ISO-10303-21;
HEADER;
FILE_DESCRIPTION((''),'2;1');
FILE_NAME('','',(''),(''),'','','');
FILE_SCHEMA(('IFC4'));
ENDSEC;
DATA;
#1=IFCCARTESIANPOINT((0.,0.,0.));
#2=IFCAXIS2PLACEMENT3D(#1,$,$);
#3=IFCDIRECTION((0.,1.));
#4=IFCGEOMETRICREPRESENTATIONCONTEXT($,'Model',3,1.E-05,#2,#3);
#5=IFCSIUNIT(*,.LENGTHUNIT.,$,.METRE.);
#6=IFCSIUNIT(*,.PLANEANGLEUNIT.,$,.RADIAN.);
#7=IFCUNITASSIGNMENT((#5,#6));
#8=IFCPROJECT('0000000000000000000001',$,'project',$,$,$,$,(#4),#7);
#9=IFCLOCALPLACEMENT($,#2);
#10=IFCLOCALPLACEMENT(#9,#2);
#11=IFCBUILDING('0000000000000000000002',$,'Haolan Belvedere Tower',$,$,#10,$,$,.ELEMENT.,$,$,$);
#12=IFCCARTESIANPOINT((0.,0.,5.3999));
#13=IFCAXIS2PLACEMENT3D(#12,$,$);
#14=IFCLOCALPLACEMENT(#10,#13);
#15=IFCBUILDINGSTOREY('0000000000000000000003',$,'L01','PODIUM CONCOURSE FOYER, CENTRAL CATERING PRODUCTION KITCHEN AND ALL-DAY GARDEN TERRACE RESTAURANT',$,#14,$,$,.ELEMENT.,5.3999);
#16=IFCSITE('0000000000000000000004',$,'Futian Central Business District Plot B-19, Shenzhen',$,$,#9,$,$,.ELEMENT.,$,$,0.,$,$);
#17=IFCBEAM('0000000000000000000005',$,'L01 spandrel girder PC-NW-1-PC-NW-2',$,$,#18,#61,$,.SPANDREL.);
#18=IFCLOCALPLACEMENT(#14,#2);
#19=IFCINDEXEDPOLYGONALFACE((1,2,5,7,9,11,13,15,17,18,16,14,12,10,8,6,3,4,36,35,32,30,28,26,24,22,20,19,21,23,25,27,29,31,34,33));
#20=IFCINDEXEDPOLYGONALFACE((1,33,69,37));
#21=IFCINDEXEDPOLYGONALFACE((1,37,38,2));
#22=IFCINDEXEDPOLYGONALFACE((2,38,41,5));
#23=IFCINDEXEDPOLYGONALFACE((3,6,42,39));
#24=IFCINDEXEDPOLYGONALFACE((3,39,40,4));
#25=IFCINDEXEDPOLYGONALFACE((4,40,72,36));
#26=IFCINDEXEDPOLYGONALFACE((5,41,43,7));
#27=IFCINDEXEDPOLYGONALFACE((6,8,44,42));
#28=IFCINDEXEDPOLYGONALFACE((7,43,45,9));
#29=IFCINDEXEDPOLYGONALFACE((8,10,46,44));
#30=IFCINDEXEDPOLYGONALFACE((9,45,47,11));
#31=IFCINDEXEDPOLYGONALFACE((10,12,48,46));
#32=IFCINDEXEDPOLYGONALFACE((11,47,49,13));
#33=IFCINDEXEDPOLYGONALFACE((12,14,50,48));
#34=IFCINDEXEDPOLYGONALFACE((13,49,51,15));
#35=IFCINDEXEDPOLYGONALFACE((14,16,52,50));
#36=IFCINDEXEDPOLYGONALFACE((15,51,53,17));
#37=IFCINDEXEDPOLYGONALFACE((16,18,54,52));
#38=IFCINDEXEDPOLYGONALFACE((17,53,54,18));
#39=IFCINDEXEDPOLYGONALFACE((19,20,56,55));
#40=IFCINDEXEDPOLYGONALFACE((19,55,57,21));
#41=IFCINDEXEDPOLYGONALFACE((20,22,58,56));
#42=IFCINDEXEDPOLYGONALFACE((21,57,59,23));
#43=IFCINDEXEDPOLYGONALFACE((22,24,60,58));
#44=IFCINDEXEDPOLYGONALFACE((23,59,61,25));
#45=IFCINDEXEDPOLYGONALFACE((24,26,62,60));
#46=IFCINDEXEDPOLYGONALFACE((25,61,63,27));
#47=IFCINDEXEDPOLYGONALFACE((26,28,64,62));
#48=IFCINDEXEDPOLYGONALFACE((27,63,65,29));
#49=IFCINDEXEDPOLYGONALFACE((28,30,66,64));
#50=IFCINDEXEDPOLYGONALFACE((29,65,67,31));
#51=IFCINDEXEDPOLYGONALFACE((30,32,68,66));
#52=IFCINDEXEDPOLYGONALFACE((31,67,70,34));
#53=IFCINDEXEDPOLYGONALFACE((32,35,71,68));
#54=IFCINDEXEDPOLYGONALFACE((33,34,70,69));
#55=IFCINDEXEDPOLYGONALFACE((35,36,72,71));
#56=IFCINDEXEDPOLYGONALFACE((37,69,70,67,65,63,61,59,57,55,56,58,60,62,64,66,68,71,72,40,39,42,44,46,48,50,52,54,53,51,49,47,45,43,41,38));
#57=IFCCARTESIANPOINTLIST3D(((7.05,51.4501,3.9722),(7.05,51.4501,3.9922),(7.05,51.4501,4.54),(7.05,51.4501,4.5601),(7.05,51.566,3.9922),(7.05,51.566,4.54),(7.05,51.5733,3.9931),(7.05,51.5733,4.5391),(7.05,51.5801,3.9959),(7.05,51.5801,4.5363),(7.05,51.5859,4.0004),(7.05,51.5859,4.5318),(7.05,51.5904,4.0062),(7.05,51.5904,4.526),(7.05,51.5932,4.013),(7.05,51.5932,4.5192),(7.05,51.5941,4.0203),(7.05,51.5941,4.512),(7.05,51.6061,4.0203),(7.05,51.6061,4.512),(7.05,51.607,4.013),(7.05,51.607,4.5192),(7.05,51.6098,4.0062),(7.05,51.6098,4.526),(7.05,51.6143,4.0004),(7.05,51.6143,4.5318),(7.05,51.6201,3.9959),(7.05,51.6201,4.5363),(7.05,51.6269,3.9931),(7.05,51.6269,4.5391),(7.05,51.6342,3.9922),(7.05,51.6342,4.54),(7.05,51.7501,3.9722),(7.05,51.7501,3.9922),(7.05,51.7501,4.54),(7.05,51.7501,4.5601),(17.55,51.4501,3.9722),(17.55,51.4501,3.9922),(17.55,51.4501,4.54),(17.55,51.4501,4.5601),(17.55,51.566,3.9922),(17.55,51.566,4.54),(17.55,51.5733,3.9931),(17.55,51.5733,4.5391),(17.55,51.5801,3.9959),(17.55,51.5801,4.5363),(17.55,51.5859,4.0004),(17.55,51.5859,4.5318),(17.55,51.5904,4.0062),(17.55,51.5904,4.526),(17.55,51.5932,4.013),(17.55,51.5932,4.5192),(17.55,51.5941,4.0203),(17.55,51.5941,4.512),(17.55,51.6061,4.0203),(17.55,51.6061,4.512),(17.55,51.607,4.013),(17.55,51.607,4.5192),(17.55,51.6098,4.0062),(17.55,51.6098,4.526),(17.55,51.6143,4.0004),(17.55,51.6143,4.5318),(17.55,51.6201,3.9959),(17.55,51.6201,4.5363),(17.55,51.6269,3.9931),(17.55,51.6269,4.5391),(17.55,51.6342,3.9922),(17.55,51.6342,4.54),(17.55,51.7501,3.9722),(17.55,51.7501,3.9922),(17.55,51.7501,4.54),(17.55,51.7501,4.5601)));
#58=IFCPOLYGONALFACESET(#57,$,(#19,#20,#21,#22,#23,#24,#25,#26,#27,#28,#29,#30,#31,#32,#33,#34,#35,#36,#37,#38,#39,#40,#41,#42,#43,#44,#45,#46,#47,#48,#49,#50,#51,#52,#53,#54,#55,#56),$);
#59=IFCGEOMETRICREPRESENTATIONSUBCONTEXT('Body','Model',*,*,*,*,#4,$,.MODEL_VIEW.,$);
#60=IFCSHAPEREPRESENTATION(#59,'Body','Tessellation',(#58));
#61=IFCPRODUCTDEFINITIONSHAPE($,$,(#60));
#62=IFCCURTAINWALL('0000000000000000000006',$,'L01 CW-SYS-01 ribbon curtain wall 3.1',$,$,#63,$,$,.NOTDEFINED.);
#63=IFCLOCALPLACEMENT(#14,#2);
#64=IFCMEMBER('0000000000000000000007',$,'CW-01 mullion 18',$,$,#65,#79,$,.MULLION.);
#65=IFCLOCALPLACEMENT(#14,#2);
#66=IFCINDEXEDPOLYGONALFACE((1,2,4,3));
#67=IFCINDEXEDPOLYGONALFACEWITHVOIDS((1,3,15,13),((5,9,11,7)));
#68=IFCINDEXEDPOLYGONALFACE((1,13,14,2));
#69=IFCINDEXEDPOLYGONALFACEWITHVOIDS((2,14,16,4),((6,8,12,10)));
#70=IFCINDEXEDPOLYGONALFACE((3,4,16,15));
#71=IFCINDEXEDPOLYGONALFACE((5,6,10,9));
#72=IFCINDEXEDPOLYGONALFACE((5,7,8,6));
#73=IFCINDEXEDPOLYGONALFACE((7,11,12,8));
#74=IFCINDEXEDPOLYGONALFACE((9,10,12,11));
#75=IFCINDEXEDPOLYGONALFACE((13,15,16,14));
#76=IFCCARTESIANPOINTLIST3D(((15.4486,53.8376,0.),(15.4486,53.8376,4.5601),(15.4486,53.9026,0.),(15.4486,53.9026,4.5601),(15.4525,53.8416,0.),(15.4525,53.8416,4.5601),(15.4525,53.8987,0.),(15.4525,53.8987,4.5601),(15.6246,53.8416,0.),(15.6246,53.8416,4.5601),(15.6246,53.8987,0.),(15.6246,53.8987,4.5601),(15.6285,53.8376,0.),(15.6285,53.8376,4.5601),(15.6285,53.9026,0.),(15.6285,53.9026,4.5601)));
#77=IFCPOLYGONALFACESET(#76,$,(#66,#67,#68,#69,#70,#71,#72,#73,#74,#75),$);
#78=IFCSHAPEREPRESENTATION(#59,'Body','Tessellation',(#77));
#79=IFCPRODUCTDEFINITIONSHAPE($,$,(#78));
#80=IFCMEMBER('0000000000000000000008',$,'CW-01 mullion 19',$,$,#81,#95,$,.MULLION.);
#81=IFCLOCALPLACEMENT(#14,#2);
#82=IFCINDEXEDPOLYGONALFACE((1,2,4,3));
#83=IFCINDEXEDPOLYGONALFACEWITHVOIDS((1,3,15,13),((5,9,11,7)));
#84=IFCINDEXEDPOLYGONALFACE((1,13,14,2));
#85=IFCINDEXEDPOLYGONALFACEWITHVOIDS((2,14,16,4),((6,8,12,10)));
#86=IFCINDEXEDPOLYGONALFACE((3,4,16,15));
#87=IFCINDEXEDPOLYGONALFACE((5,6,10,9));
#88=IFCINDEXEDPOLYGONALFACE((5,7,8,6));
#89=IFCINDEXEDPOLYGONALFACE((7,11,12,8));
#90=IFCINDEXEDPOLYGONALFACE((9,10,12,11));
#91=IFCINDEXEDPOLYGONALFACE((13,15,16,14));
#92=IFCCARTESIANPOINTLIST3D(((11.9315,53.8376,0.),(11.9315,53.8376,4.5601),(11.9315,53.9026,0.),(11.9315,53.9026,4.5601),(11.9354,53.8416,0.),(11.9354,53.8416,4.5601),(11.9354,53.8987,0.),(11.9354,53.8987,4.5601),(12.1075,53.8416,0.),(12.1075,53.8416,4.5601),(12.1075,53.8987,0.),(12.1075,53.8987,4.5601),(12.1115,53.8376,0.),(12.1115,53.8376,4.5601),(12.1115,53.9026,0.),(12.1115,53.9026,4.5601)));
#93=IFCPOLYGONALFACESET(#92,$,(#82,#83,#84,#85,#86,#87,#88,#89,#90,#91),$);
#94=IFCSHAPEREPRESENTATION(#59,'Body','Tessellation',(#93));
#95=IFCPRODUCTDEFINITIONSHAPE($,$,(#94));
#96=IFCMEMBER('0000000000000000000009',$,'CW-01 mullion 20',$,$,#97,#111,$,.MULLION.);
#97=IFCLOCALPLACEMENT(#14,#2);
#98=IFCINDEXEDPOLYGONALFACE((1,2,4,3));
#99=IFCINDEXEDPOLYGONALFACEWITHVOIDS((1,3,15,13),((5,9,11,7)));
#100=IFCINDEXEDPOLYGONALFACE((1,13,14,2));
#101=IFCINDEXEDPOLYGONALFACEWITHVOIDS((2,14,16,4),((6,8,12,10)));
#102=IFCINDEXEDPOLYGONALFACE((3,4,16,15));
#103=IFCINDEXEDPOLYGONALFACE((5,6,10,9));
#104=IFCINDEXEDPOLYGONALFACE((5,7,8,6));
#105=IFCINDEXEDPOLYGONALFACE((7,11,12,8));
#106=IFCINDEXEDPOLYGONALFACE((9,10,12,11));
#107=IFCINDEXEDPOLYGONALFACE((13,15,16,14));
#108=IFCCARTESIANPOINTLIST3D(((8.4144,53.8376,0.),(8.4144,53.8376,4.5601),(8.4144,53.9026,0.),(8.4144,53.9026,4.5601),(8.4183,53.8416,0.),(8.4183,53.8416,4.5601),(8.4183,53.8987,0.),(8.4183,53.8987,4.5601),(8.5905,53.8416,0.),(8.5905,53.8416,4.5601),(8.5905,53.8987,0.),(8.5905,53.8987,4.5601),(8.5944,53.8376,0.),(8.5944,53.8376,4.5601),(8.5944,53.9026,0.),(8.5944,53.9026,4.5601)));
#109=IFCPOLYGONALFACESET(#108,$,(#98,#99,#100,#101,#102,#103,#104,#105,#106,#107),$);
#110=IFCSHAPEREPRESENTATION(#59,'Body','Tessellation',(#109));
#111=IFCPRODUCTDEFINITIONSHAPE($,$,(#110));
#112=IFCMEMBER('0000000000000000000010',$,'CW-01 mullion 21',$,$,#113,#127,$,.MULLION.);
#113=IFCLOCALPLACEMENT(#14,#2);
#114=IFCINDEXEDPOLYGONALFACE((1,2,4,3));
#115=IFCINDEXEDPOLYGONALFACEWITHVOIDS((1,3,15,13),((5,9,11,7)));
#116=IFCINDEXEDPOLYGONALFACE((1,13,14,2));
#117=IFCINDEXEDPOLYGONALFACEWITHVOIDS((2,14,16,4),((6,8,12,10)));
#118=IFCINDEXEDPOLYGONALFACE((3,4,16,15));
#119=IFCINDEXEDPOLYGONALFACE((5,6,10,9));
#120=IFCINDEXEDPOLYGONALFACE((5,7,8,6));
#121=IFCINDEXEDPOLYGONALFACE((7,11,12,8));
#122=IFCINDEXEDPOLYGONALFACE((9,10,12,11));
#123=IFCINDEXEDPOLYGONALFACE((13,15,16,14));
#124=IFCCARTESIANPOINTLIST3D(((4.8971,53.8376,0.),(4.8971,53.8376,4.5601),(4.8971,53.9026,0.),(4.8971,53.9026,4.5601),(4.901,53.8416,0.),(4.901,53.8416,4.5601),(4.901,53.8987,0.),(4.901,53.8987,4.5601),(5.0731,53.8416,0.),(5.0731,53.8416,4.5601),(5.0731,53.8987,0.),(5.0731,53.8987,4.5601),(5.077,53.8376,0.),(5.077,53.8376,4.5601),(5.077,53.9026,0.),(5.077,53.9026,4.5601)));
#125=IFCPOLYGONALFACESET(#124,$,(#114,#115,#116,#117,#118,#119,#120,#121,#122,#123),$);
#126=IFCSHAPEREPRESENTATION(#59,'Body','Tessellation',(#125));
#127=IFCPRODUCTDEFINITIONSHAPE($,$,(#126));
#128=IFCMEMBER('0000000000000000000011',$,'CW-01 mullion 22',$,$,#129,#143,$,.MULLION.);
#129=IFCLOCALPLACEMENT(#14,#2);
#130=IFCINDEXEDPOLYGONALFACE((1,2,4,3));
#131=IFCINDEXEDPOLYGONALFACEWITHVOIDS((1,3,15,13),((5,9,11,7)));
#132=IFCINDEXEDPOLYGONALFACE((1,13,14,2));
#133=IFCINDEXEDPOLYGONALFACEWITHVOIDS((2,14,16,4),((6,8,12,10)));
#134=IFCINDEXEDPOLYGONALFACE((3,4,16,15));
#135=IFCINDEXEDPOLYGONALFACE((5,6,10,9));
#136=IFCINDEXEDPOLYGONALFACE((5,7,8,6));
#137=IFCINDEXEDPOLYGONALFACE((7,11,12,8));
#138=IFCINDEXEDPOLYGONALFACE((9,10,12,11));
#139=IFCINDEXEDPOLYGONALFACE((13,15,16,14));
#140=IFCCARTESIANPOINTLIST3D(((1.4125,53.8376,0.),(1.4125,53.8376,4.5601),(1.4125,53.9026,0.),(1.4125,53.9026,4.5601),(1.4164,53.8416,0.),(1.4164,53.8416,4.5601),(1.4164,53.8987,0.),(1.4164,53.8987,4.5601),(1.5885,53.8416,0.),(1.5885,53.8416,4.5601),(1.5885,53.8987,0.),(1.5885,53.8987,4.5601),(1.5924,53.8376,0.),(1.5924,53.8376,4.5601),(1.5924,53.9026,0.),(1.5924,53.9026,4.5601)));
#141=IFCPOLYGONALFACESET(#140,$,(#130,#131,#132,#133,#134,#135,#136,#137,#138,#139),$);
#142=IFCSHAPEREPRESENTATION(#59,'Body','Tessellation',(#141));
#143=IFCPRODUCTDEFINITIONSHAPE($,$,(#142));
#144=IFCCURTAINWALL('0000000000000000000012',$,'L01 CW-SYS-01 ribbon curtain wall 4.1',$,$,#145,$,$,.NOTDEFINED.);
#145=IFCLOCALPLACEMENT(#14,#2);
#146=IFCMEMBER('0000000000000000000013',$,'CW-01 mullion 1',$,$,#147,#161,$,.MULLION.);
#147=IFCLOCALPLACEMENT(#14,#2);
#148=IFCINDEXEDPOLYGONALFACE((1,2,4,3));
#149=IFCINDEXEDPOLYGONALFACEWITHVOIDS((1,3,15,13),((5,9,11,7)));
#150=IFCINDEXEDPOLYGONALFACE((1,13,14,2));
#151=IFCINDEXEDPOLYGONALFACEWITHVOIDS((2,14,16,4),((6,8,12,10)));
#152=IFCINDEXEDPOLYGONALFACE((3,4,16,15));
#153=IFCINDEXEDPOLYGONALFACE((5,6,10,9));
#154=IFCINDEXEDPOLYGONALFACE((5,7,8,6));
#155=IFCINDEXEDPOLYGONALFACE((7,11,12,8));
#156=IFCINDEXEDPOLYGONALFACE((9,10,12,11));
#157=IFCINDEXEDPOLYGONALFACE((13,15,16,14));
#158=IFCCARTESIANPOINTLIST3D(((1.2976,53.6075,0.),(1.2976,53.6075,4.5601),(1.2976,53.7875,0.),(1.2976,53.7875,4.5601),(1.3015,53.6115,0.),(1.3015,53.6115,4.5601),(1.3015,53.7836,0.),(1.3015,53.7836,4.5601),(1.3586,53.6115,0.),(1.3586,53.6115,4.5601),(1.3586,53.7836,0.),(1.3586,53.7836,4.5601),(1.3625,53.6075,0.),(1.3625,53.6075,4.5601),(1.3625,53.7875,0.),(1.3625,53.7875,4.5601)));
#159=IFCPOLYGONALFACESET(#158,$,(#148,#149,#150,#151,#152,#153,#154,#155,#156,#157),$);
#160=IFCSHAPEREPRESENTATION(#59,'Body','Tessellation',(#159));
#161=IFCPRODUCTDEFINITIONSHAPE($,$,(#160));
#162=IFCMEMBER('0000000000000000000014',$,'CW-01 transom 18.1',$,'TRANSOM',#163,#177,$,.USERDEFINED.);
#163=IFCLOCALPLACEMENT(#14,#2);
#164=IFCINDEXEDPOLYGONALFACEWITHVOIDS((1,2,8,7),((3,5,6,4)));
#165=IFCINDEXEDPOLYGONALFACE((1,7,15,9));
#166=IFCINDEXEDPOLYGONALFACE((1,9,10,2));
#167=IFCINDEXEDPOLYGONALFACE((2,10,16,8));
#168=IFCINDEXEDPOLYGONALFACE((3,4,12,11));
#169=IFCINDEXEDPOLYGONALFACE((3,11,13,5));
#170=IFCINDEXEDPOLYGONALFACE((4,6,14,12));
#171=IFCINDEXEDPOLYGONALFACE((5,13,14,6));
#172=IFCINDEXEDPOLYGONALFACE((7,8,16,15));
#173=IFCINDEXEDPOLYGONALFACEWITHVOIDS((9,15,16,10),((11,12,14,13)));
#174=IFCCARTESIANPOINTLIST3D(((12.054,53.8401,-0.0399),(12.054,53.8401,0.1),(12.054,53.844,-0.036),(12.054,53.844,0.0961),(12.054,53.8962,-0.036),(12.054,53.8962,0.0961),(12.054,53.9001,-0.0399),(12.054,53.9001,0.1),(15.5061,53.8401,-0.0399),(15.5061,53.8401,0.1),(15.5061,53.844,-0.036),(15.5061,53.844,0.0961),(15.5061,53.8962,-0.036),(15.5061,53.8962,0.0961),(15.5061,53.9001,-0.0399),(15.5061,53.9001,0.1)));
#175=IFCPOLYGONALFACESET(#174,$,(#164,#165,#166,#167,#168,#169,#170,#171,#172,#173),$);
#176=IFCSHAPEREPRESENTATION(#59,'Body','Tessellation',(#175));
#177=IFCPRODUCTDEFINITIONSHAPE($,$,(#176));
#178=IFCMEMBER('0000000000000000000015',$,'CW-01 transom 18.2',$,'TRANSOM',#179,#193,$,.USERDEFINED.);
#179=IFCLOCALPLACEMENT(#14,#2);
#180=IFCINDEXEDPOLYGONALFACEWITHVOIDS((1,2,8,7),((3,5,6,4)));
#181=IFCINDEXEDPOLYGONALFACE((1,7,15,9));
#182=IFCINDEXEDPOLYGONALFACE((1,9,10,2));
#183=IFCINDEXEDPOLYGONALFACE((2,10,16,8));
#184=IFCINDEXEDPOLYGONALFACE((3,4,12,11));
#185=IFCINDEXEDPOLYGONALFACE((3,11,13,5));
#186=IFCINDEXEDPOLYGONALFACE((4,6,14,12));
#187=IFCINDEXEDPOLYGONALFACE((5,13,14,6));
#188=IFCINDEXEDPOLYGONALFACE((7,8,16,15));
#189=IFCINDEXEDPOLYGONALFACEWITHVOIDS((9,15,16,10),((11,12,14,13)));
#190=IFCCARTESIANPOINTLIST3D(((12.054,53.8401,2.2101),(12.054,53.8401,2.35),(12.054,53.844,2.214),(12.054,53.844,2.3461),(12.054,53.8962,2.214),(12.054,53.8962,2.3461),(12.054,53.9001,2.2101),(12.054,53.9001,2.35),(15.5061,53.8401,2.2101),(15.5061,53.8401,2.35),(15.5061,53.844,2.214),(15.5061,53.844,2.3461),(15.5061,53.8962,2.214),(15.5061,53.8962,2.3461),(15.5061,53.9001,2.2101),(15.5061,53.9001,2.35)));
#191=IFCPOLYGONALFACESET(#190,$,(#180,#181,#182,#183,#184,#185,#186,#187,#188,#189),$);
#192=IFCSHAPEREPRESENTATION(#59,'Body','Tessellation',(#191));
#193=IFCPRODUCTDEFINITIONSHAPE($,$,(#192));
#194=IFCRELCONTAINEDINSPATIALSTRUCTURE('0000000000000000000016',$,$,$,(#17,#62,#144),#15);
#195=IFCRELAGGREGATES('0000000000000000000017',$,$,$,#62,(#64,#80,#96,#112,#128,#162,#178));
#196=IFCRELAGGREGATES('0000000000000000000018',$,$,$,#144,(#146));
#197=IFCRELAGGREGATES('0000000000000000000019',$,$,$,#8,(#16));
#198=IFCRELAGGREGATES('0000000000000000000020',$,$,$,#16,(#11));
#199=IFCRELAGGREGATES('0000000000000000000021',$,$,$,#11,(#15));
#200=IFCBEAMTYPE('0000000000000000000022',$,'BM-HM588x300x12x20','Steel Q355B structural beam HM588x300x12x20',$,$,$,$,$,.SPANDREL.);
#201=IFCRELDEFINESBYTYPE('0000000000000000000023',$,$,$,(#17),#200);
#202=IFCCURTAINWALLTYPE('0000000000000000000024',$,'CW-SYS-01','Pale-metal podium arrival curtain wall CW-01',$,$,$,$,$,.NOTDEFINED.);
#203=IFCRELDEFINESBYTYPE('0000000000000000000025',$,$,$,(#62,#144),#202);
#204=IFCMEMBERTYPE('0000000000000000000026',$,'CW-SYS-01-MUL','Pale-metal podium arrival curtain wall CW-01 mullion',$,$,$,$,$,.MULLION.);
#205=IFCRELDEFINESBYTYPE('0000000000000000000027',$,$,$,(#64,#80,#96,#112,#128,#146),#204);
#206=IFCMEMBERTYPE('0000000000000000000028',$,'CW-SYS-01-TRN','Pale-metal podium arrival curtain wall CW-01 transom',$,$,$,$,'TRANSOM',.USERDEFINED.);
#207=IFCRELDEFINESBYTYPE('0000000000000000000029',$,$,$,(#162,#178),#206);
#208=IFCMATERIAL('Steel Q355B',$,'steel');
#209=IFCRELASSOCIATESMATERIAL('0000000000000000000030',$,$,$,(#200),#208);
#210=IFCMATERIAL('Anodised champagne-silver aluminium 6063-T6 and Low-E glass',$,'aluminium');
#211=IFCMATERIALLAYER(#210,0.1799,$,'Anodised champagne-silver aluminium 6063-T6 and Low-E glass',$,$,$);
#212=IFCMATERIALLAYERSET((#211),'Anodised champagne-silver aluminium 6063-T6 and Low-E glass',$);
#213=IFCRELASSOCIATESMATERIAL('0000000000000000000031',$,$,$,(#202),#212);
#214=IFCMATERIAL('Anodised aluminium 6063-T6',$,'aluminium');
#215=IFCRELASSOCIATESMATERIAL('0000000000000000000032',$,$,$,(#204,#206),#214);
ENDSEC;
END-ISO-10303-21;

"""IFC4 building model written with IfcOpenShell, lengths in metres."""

from ifc_helpers import new_model, si_unit, direction, frame, origin, origin_2d, place, context, subcontext, project, spatial, hollow_rectangle, i_section, extrude, material, layer, layer_set, material_profile, profile_set, type_object, element, aggregate, save


model = new_model("IFC4")

# Units and contexts
model_context = context("Model", 3, precision=1e-05, world=origin(), true_north=direction((0.0, 1.0)))
body_context = subcontext(model_context, "Body", "Model", "MODEL_VIEW")
ifc_project = project(units=[si_unit("LENGTHUNIT", "METRE"), si_unit("PLANEANGLEUNIT", "RADIAN")], contexts=[model_context])

# Site, building, storey
site_placement = place(None, origin())
site = spatial("IfcSite", under=ifc_project, at=site_placement, Name="Futian Central Business District Plot B-19, Shenzhen", CompositionType="ELEMENT", RefElevation=0.0)
building_placement = place(site_placement, origin())
building = spatial("IfcBuilding", under=site, at=building_placement, Name="Haolan Belvedere Tower", CompositionType="ELEMENT")
storey_placement = place(building_placement, frame((0.0, 0.0, 5.3999)))
storey = spatial("IfcBuildingStorey", under=building, at=storey_placement, Name="L01", Description="PODIUM CONCOURSE FOYER, CENTRAL CATERING PRODUCTION KITCHEN AND ALL-DAY GARDEN TERRACE RESTAURANT", CompositionType="ELEMENT", Elevation=5.3999)

# Beam
ifc_material_1 = material(Name="Steel Q355B", Category="steel")
ifc_material_profile_1 = material_profile(ifc_material_1, i_section(OverallWidth=0.3, OverallDepth=0.5879, WebThickness=0.012, FlangeThickness=0.02, FilletRadius=0.0281, at=origin_2d()), Name="Steel Q355B")
ifc_profile_set_1 = profile_set([ifc_material_profile_1], Name="Steel Q355B")
beam_type = type_object("IfcBeamType", Name="BM-HM588x300x12x20", Description="Steel Q355B structural beam HM588x300x12x20", PredefinedType="SPANDREL", material=ifc_profile_set_1)
beam_placement = place(storey_placement, frame((7.05, 51.6001, 4.2661), z_axis=(1.0, 0.0, 0.0), x_axis=(0.0, 1.0, 0.0)))
element("IfcBeam", 1, at=beam_placement, inside=storey, type_object=beam_type, Name="L01 spandrel girder PC-NW-1-PC-NW-2", PredefinedType="SPANDREL", context=body_context, shape_type="SweptSolid", body=[
    extrude(i_section(OverallWidth=0.3, OverallDepth=0.5879, WebThickness=0.012, FlangeThickness=0.02, FilletRadius=0.0281, at=origin_2d()), origin(), (0.0, 0.0, 1.0), 10.5),
])

# Curtain wall, members
ifc_material_2 = material(Name="Anodised champagne-silver aluminium 6063-T6 and Low-E glass", Category="aluminium")
ifc_layer_1 = layer(ifc_material_2, 0.1799, Name="Anodised champagne-silver aluminium 6063-T6 and Low-E glass")
ifc_layer_set_1 = layer_set([ifc_layer_1], Name="Anodised champagne-silver aluminium 6063-T6 and Low-E glass")
curtain_wall_type = type_object("IfcCurtainWallType", Name="CW-SYS-01", Description="Pale-metal podium arrival curtain wall CW-01", PredefinedType="NOTDEFINED", material=ifc_layer_set_1)
curtain_wall_1_placement = place(storey_placement, origin())
curtain_wall_1 = element("IfcCurtainWall", 2, at=curtain_wall_1_placement, inside=storey, type_object=curtain_wall_type, Name="L01 CW-SYS-01 ribbon curtain wall 3.1", PredefinedType="NOTDEFINED")
ifc_material_3 = material(Name="Anodised aluminium 6063-T6", Category="aluminium")
ifc_material_profile_2 = material_profile(ifc_material_3, hollow_rectangle(XDim=0.0649, YDim=0.1799, WallThickness=0.0039, at=origin_2d()), Name="Anodised aluminium 6063-T6")
ifc_profile_set_2 = profile_set([ifc_material_profile_2], Name="Anodised aluminium 6063-T6")
member_type_1 = type_object("IfcMemberType", Name="CW-SYS-01-MUL", Description="Pale-metal podium arrival curtain wall CW-01 mullion", PredefinedType="MULLION", material=ifc_profile_set_2)
member_1_placement = place(storey_placement, frame((15.5386, 53.8701, 0.0), z_axis=(0.0, 0.0, 1.0), x_axis=(0.0, -1.0, 0.0)))
member_1 = element("IfcMember", 3, at=member_1_placement, type_object=member_type_1, Name="CW-01 mullion 18", PredefinedType="MULLION", context=body_context, shape_type="SweptSolid", body=[
    extrude(hollow_rectangle(XDim=0.0649, YDim=0.1799, WallThickness=0.0039, at=origin_2d()), origin(), (0.0, 0.0, 1.0), 4.5601),
])
member_2_placement = place(storey_placement, frame((12.0215, 53.8701, 0.0), z_axis=(0.0, 0.0, 1.0), x_axis=(0.0, -1.0, 0.0)))
member_2 = element("IfcMember", 4, at=member_2_placement, type_object=member_type_1, Name="CW-01 mullion 19", PredefinedType="MULLION", context=body_context, shape_type="SweptSolid", body=[
    extrude(hollow_rectangle(XDim=0.0649, YDim=0.1799, WallThickness=0.0039, at=origin_2d()), origin(), (0.0, 0.0, 1.0), 4.5601),
])
member_3_placement = place(storey_placement, frame((8.5044, 53.8701, 0.0), z_axis=(0.0, 0.0, 1.0), x_axis=(0.0, -1.0, 0.0)))
member_3 = element("IfcMember", 5, at=member_3_placement, type_object=member_type_1, Name="CW-01 mullion 20", PredefinedType="MULLION", context=body_context, shape_type="SweptSolid", body=[
    extrude(hollow_rectangle(XDim=0.0649, YDim=0.1799, WallThickness=0.0039, at=origin_2d()), origin(), (0.0, 0.0, 1.0), 4.5601),
])
member_4_placement = place(storey_placement, frame((4.9871, 53.8701, 0.0), z_axis=(0.0, 0.0, 1.0), x_axis=(0.0, -1.0, 0.0)))
member_4 = element("IfcMember", 6, at=member_4_placement, type_object=member_type_1, Name="CW-01 mullion 21", PredefinedType="MULLION", context=body_context, shape_type="SweptSolid", body=[
    extrude(hollow_rectangle(XDim=0.0649, YDim=0.1799, WallThickness=0.0039, at=origin_2d()), origin(), (0.0, 0.0, 1.0), 4.5601),
])
member_5_placement = place(storey_placement, frame((1.5024, 53.8701, 0.0), z_axis=(0.0, 0.0, 1.0), x_axis=(0.0, -1.0, 0.0)))
member_5 = element("IfcMember", 7, at=member_5_placement, type_object=member_type_1, Name="CW-01 mullion 22", PredefinedType="MULLION", context=body_context, shape_type="SweptSolid", body=[
    extrude(hollow_rectangle(XDim=0.0649, YDim=0.1799, WallThickness=0.0039, at=origin_2d()), origin(), (0.0, 0.0, 1.0), 4.5601),
])

# Curtain wall, member
curtain_wall_2_placement = place(storey_placement, origin())
curtain_wall_2 = element("IfcCurtainWall", 8, at=curtain_wall_2_placement, inside=storey, type_object=curtain_wall_type, Name="L01 CW-SYS-01 ribbon curtain wall 4.1", PredefinedType="NOTDEFINED")
member_6_placement = place(storey_placement, frame((1.3301, 53.6975, 0.0), z_axis=(0.0, 0.0, 1.0), x_axis=(1.0, 0.0, 0.0)))
member_6 = element("IfcMember", 9, at=member_6_placement, type_object=member_type_1, Name="CW-01 mullion 1", PredefinedType="MULLION", context=body_context, shape_type="SweptSolid", body=[
    extrude(hollow_rectangle(XDim=0.0649, YDim=0.1799, WallThickness=0.0039, at=origin_2d()), origin(), (0.0, 0.0, 1.0), 4.5601),
])

# Members
ifc_material_profile_3 = material_profile(ifc_material_3, hollow_rectangle(XDim=0.0601, YDim=0.1399, WallThickness=0.0039, at=origin_2d()), Name="Anodised aluminium 6063-T6")
ifc_profile_set_3 = profile_set([ifc_material_profile_3], Name="Anodised aluminium 6063-T6")
member_type_2 = type_object("IfcMemberType", Name="CW-SYS-01-TRN", Description="Pale-metal podium arrival curtain wall CW-01 transom", ElementType="TRANSOM", PredefinedType="USERDEFINED", material=ifc_profile_set_3)
member_7_placement = place(storey_placement, frame((15.5061, 53.8701, 0.03), z_axis=(-1.0, 0.0, 0.0), x_axis=(0.0, -1.0, 0.0)))
member_7 = element("IfcMember", 10, at=member_7_placement, type_object=member_type_2, Name="CW-01 transom 18.1", ObjectType="TRANSOM", PredefinedType="USERDEFINED", context=body_context, shape_type="SweptSolid", body=[
    extrude(hollow_rectangle(XDim=0.0601, YDim=0.1399, WallThickness=0.0039, at=origin_2d()), origin(), (0.0, 0.0, 1.0), 3.4521),
])
member_8_placement = place(storey_placement, frame((15.5061, 53.8701, 2.28), z_axis=(-1.0, 0.0, 0.0), x_axis=(0.0, -1.0, 0.0)))
member_8 = element("IfcMember", 11, at=member_8_placement, type_object=member_type_2, Name="CW-01 transom 18.2", ObjectType="TRANSOM", PredefinedType="USERDEFINED", context=body_context, shape_type="SweptSolid", body=[
    extrude(hollow_rectangle(XDim=0.0601, YDim=0.1399, WallThickness=0.0039, at=origin_2d()), origin(), (0.0, 0.0, 1.0), 3.4521),
])

aggregate(curtain_wall_1, [member_1, member_2, member_3, member_4, member_5, member_7, member_8])
aggregate(curtain_wall_2, [member_6])

save(model, "model.ifc")
